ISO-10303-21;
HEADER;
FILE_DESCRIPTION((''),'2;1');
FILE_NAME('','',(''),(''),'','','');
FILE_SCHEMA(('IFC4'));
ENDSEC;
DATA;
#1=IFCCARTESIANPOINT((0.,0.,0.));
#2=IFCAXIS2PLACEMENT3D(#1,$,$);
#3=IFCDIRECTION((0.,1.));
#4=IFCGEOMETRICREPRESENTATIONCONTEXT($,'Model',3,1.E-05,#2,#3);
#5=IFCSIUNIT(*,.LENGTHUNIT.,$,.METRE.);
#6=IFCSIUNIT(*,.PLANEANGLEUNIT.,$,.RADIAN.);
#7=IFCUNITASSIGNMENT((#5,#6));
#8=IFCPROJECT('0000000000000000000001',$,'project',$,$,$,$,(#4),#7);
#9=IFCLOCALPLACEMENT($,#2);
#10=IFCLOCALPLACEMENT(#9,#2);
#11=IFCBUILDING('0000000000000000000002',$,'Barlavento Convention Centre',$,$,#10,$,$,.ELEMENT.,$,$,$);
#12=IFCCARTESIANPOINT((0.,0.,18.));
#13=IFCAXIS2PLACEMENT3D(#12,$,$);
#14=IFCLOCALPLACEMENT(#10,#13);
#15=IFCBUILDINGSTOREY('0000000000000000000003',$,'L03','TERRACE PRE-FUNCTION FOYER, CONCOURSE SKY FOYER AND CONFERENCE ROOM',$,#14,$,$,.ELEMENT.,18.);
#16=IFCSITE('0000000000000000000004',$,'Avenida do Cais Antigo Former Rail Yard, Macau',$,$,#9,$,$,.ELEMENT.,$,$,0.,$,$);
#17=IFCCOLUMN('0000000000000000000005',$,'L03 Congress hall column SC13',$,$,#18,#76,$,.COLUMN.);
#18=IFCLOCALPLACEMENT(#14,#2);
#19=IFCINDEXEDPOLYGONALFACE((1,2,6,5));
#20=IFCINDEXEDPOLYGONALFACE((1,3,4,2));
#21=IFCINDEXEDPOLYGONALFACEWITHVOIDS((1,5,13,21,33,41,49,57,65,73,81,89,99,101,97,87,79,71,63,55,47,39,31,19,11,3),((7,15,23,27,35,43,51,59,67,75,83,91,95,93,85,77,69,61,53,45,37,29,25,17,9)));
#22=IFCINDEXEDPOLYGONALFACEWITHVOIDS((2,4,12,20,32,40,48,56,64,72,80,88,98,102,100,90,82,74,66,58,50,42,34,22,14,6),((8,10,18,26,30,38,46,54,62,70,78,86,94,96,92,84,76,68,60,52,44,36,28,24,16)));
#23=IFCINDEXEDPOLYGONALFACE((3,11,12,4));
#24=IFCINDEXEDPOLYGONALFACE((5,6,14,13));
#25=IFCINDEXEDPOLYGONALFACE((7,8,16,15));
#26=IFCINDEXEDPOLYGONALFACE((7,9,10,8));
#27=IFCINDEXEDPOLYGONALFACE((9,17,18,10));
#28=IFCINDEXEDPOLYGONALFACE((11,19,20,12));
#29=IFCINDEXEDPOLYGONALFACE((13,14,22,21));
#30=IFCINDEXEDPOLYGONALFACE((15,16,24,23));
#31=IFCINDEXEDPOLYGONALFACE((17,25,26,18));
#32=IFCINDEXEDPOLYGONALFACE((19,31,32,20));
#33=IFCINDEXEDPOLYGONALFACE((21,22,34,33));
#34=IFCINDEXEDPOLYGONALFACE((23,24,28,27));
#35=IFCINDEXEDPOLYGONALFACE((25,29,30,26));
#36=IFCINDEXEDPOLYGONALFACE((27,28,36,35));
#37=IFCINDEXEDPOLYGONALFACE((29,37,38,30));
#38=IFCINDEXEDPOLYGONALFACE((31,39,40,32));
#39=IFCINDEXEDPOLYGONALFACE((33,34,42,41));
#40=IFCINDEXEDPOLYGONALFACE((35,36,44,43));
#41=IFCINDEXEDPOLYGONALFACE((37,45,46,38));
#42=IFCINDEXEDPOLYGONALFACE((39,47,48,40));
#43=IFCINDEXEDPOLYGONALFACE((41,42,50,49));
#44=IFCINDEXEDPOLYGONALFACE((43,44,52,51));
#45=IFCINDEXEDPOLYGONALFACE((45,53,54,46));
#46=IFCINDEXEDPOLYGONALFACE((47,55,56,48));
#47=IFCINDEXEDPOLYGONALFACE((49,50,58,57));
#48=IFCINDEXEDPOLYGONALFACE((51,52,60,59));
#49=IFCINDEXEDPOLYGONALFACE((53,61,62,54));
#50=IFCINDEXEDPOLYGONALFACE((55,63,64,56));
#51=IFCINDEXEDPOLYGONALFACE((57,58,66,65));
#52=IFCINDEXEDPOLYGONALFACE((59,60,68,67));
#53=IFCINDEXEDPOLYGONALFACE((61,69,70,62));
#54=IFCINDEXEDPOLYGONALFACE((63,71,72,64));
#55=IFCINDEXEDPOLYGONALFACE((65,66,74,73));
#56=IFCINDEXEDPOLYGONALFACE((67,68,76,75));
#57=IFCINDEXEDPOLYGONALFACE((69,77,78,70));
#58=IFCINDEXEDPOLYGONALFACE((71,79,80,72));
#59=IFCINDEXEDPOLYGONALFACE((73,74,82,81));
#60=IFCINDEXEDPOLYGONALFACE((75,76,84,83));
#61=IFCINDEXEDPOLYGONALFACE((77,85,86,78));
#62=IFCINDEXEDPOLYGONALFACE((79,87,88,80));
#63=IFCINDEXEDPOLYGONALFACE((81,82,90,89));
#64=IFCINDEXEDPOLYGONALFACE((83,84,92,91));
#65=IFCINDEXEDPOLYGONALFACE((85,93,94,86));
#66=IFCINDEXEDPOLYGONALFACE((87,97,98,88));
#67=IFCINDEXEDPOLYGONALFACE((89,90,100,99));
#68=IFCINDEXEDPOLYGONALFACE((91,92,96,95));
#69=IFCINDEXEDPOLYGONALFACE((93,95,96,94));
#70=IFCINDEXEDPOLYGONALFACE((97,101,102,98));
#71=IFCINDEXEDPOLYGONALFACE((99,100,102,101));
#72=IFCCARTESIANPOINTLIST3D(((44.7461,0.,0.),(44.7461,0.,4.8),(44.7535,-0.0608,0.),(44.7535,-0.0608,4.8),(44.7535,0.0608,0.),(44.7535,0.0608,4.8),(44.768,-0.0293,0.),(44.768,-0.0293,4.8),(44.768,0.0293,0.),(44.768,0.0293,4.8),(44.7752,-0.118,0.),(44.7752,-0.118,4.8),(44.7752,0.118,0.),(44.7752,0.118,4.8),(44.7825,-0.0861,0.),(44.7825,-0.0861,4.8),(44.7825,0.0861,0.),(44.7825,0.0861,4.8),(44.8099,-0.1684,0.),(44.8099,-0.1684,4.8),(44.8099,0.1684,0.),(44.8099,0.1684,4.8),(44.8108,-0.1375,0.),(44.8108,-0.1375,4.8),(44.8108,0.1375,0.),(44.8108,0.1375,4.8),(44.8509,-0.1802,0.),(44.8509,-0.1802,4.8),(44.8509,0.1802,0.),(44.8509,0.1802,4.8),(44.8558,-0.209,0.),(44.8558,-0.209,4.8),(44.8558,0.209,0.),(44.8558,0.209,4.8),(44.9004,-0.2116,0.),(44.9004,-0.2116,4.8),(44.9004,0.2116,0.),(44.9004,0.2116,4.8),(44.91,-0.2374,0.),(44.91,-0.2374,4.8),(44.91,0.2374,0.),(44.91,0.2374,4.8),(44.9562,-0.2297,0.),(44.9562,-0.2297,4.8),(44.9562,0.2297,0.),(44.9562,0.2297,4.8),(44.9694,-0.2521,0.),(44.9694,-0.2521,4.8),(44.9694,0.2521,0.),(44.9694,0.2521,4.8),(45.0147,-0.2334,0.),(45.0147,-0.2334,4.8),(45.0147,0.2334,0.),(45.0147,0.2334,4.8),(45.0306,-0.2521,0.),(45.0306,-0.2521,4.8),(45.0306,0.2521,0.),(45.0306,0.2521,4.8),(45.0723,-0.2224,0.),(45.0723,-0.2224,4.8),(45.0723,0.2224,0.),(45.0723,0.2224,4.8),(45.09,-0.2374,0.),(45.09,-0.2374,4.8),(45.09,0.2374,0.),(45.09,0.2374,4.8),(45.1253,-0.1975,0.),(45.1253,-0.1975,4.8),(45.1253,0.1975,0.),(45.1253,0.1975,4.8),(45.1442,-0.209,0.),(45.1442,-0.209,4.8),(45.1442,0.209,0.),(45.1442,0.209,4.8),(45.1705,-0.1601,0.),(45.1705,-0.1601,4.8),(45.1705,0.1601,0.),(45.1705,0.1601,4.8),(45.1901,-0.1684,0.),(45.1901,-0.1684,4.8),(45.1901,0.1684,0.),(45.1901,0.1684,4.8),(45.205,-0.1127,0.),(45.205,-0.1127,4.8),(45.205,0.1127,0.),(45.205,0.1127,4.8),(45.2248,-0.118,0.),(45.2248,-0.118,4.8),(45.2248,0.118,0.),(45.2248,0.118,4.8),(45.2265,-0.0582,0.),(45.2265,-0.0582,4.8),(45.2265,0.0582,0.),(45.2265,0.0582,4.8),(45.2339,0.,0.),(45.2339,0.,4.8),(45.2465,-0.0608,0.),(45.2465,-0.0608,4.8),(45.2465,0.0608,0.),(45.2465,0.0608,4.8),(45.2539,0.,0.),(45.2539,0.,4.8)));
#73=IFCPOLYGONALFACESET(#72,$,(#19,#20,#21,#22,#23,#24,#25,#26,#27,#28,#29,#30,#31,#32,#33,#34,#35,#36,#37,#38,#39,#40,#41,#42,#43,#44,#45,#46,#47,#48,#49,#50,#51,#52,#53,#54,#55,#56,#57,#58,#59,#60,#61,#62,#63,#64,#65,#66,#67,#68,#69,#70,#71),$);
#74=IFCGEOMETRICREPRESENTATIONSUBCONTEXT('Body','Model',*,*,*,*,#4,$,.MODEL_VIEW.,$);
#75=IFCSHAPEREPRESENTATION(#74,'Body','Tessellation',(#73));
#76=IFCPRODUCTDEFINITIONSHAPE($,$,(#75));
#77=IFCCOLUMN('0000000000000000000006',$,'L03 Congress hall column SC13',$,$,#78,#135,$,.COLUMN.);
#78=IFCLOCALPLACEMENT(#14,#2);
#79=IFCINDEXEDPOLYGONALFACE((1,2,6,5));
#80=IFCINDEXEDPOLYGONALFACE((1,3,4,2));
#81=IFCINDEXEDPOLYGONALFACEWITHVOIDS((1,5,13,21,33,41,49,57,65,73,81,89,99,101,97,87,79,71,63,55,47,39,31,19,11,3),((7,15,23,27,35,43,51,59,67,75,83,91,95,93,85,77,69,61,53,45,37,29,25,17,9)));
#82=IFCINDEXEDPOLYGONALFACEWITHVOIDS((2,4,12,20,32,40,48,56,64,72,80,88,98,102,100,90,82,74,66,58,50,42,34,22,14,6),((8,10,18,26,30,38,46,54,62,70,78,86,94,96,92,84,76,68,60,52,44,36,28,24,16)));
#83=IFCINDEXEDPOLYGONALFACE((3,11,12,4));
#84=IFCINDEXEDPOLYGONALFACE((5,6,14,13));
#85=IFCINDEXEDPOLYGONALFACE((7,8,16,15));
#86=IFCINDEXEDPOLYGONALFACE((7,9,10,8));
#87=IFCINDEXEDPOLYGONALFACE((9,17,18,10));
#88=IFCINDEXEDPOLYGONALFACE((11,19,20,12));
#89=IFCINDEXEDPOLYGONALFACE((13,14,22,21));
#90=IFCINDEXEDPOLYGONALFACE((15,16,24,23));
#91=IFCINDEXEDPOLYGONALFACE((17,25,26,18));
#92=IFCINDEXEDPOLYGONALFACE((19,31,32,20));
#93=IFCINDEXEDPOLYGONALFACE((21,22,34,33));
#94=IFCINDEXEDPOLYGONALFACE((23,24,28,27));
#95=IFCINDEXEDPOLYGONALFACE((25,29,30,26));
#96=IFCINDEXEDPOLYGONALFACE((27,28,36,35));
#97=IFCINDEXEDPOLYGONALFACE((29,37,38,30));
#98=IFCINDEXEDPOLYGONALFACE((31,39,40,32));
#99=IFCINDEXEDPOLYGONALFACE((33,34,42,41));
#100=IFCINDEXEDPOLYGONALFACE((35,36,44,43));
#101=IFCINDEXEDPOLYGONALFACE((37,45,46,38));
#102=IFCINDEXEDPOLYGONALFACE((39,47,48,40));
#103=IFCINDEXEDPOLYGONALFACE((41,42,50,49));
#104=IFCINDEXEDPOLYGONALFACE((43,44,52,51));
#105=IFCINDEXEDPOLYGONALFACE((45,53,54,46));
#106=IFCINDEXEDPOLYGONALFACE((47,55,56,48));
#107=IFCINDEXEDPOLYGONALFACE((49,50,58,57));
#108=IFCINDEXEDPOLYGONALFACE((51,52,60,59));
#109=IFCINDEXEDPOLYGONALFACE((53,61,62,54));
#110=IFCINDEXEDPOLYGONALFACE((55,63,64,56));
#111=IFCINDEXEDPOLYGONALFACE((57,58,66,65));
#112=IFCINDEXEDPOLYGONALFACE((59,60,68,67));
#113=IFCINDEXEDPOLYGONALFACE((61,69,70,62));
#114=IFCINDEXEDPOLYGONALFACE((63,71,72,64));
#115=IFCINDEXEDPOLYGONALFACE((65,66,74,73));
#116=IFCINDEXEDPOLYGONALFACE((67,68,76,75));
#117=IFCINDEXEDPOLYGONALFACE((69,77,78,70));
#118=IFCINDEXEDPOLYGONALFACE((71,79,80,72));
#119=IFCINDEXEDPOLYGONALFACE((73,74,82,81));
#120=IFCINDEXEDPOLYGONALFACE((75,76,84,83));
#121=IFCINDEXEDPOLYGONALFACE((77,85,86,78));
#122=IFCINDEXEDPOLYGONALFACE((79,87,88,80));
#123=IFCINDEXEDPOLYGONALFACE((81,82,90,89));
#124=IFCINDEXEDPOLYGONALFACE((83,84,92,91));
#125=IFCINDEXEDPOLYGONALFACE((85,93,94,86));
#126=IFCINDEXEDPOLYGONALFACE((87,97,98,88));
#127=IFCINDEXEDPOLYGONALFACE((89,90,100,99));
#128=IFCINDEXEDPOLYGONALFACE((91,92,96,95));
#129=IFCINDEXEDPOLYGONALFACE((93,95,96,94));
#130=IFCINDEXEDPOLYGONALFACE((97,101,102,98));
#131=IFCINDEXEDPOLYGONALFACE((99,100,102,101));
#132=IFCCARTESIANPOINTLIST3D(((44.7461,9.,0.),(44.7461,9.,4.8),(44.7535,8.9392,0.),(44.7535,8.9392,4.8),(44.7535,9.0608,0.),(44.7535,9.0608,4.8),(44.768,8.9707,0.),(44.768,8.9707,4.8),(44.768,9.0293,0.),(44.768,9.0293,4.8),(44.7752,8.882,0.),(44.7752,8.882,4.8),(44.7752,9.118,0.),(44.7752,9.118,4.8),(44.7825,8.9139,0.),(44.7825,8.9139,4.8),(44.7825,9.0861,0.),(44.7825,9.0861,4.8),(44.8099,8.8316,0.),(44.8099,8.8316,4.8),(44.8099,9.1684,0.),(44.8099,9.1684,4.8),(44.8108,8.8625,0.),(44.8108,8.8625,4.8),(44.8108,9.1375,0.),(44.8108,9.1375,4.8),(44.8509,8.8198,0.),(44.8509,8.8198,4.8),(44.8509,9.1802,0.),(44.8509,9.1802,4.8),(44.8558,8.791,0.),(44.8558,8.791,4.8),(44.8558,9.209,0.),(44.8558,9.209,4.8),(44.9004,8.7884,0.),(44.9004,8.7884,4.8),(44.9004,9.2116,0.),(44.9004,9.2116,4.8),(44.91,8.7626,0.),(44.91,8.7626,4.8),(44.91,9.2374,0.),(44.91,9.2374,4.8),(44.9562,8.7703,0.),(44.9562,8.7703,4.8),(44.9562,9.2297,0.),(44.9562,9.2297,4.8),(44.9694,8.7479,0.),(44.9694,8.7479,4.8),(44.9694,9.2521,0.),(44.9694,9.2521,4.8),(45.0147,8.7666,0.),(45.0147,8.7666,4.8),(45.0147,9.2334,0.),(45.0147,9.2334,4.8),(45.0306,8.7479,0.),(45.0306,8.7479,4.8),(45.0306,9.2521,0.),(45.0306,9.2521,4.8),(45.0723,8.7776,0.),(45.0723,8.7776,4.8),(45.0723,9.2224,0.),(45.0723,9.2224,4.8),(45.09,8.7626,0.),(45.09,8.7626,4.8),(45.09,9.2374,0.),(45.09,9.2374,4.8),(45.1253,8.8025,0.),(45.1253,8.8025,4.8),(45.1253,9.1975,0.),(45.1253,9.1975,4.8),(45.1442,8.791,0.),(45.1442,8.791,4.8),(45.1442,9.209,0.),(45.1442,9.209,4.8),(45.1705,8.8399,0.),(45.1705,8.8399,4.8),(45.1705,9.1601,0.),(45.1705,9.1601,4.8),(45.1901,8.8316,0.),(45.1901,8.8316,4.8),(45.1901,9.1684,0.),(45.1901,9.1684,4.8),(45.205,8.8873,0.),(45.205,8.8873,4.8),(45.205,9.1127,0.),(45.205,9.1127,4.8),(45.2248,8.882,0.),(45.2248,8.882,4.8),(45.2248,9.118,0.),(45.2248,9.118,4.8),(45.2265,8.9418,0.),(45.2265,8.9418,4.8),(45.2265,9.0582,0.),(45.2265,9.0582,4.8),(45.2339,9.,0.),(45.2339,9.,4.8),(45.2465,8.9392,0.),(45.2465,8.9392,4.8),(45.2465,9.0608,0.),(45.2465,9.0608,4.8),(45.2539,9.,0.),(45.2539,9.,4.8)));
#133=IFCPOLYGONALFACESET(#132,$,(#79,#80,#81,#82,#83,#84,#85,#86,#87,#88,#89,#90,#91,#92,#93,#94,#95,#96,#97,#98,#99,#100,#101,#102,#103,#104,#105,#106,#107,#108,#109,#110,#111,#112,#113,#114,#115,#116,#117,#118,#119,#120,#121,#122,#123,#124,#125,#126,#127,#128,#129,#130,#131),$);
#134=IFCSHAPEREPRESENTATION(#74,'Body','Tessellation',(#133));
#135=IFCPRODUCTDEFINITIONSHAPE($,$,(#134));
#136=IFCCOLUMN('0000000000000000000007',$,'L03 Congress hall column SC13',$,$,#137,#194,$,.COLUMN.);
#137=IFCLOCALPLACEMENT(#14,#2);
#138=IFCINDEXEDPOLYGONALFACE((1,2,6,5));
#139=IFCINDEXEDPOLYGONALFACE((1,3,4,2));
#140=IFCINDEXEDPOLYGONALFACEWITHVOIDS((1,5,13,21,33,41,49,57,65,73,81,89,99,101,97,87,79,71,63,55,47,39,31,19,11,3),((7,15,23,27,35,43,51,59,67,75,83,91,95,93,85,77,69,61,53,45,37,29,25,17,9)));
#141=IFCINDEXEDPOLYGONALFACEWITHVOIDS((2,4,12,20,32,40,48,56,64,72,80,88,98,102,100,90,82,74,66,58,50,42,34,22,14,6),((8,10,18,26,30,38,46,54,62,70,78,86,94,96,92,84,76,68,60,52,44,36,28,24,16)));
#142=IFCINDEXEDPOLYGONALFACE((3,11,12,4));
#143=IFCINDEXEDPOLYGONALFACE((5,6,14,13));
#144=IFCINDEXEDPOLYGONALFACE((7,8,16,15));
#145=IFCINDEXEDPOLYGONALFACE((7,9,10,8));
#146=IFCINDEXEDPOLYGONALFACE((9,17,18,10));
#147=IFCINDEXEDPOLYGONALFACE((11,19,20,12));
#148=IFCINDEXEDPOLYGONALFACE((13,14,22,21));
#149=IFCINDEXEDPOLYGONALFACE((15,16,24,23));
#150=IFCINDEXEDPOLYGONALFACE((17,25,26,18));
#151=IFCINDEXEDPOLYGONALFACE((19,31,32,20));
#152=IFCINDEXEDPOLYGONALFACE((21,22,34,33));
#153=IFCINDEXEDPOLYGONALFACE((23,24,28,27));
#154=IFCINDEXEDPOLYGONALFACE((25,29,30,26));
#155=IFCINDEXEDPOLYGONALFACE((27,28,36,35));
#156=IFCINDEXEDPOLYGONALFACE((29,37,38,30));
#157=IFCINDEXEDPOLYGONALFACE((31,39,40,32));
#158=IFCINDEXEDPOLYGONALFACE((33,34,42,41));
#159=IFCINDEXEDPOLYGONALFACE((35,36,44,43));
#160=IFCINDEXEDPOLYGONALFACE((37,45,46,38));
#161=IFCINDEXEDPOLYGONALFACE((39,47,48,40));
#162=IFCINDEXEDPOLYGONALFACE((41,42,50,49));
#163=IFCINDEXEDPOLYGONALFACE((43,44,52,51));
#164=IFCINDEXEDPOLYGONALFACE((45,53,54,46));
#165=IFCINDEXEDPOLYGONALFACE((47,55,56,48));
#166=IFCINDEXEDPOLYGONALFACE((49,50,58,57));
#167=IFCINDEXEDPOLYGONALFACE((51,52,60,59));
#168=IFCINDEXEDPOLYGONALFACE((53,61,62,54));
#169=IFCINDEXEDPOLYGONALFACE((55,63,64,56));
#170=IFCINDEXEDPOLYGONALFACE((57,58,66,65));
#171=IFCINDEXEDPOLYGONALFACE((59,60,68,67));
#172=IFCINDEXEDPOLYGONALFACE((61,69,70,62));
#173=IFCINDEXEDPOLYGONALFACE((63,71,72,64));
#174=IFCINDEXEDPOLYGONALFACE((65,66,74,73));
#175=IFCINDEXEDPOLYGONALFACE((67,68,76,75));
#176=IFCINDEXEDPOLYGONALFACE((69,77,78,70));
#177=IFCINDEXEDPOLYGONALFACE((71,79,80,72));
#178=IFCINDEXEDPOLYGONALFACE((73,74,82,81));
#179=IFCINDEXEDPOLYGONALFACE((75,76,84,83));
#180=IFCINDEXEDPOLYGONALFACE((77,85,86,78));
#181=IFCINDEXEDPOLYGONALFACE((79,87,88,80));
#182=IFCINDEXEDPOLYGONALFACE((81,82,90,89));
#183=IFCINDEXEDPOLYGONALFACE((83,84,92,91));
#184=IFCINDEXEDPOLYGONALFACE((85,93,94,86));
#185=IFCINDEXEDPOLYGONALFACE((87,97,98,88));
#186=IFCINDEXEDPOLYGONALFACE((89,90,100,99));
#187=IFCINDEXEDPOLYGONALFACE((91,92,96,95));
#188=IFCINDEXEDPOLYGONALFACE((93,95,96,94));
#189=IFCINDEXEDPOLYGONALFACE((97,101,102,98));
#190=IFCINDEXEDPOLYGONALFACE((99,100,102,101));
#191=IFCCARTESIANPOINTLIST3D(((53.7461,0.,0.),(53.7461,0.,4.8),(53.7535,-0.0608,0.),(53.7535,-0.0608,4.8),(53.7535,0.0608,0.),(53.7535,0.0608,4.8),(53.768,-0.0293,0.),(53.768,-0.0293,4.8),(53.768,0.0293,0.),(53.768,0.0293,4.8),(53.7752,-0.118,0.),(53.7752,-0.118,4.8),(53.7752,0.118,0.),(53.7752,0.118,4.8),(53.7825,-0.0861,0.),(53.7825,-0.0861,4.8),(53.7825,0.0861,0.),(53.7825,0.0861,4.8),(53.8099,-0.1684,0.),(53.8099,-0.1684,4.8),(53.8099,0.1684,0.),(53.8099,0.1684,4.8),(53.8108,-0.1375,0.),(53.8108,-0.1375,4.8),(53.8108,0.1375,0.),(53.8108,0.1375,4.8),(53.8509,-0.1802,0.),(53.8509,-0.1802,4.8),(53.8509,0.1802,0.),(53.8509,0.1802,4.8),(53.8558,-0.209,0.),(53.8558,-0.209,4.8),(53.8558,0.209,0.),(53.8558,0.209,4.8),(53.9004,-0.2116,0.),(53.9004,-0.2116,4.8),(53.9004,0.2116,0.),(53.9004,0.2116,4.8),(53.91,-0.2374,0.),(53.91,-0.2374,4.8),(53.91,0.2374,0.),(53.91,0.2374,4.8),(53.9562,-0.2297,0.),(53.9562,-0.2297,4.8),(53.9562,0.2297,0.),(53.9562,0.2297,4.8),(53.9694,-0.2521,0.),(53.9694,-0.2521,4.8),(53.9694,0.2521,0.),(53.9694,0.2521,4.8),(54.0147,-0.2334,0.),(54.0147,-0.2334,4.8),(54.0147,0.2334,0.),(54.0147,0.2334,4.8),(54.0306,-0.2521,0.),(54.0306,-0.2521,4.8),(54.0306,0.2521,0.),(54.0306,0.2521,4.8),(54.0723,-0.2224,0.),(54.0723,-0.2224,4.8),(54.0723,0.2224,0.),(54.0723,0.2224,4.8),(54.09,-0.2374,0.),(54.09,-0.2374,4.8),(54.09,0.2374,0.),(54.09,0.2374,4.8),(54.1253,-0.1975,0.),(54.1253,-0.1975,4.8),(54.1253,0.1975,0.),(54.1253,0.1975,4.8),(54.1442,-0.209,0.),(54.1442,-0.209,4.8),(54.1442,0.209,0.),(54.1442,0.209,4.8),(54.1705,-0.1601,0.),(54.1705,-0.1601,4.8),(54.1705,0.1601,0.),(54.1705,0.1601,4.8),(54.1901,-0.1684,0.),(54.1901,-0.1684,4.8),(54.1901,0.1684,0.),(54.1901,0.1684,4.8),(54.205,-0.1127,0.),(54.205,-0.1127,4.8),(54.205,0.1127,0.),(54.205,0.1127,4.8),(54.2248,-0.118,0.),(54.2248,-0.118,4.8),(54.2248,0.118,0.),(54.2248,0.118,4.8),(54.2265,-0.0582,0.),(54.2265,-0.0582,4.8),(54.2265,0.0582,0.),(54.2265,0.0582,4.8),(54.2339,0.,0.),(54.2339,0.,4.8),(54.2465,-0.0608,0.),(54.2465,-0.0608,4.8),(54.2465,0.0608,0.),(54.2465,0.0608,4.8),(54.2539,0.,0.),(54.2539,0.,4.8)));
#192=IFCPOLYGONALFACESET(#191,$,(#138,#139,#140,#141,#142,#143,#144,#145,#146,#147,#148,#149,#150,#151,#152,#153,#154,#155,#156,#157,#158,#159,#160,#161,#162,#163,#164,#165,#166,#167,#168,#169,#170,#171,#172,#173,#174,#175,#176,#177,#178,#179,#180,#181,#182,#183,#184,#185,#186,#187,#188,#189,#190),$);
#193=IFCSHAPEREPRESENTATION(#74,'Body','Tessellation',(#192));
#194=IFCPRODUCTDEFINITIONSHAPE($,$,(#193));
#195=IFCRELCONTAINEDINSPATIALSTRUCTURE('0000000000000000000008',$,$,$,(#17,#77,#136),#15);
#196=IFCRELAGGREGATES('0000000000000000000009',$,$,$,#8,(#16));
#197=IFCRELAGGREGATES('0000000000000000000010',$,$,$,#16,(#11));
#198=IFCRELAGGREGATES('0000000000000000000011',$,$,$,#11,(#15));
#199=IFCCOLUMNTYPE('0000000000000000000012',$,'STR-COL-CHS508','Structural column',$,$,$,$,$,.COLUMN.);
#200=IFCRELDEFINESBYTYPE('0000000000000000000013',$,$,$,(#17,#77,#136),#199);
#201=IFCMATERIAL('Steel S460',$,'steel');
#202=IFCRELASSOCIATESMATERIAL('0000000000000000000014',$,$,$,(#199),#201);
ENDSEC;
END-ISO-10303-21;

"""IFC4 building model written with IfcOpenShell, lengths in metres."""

from ifc_helpers import new_model, si_unit, direction, frame, origin, origin_2d, place, context, subcontext, project, spatial, hollow_circle, extrude, material, material_profile, profile_set, type_object, element, save


model = new_model("IFC4")

# Units and contexts
model_context = context("Model", 3, precision=1e-05, world=origin(), true_north=direction((0.0, 1.0)))
body_context = subcontext(model_context, "Body", "Model", "MODEL_VIEW")
ifc_project = project(units=[si_unit("LENGTHUNIT", "METRE"), si_unit("PLANEANGLEUNIT", "RADIAN")], contexts=[model_context])

# Site, building, storey
site_placement = place(None, origin())
site = spatial("IfcSite", under=ifc_project, at=site_placement, Name="Avenida do Cais Antigo Former Rail Yard, Macau", CompositionType="ELEMENT", RefElevation=0.0)
building_placement = place(site_placement, origin())
building = spatial("IfcBuilding", under=site, at=building_placement, Name="Barlavento Convention Centre", CompositionType="ELEMENT")
storey_placement = place(building_placement, frame((0.0, 0.0, 18.0)))
storey = spatial("IfcBuildingStorey", under=building, at=storey_placement, Name="L03", Description="TERRACE PRE-FUNCTION FOYER, CONCOURSE SKY FOYER AND CONFERENCE ROOM", CompositionType="ELEMENT", Elevation=18.0)

# Columns
ifc_material_1 = material(Name="Steel S460", Category="steel")
ifc_material_profile_1 = material_profile(ifc_material_1, hollow_circle(Radius=0.2539, WallThickness=0.02, at=origin_2d()), Name="CHS 508.0x20.0")
ifc_profile_set_1 = profile_set([ifc_material_profile_1], Name="Steel S460")
column_type_1 = type_object("IfcColumnType", Name="STR-COL-CHS508", Description="Structural column", PredefinedType="COLUMN", material=ifc_profile_set_1)
for number, where, z_axis, x_axis, name in (
    (1, (45.0, 0.0, 0.0), (0.0, 0.0, 1.0), (1.0, 0.0, 0.0), "L03 Congress hall column SC13"),
    (2, (45.0, 9.0, 0.0), (0.0, 0.0, 1.0), (1.0, 0.0, 0.0), "L03 Congress hall column SC13"),
    (3, (54.0, 0.0, 0.0), (0.0, 0.0, 1.0), (1.0, 0.0, 0.0), "L03 Congress hall column SC13"),
):
    element("IfcColumn", number, at=place(storey_placement, frame(where, z_axis=z_axis, x_axis=x_axis)), inside=storey, type_object=column_type_1, Name=name, PredefinedType="COLUMN", context=body_context, shape_type="SweptSolid", body=[
        extrude(hollow_circle(Radius=0.2539, WallThickness=0.02, at=origin_2d()), origin(), (0.0, 0.0, 1.0), 4.8),
    ])

save(model, "model.ifc")
